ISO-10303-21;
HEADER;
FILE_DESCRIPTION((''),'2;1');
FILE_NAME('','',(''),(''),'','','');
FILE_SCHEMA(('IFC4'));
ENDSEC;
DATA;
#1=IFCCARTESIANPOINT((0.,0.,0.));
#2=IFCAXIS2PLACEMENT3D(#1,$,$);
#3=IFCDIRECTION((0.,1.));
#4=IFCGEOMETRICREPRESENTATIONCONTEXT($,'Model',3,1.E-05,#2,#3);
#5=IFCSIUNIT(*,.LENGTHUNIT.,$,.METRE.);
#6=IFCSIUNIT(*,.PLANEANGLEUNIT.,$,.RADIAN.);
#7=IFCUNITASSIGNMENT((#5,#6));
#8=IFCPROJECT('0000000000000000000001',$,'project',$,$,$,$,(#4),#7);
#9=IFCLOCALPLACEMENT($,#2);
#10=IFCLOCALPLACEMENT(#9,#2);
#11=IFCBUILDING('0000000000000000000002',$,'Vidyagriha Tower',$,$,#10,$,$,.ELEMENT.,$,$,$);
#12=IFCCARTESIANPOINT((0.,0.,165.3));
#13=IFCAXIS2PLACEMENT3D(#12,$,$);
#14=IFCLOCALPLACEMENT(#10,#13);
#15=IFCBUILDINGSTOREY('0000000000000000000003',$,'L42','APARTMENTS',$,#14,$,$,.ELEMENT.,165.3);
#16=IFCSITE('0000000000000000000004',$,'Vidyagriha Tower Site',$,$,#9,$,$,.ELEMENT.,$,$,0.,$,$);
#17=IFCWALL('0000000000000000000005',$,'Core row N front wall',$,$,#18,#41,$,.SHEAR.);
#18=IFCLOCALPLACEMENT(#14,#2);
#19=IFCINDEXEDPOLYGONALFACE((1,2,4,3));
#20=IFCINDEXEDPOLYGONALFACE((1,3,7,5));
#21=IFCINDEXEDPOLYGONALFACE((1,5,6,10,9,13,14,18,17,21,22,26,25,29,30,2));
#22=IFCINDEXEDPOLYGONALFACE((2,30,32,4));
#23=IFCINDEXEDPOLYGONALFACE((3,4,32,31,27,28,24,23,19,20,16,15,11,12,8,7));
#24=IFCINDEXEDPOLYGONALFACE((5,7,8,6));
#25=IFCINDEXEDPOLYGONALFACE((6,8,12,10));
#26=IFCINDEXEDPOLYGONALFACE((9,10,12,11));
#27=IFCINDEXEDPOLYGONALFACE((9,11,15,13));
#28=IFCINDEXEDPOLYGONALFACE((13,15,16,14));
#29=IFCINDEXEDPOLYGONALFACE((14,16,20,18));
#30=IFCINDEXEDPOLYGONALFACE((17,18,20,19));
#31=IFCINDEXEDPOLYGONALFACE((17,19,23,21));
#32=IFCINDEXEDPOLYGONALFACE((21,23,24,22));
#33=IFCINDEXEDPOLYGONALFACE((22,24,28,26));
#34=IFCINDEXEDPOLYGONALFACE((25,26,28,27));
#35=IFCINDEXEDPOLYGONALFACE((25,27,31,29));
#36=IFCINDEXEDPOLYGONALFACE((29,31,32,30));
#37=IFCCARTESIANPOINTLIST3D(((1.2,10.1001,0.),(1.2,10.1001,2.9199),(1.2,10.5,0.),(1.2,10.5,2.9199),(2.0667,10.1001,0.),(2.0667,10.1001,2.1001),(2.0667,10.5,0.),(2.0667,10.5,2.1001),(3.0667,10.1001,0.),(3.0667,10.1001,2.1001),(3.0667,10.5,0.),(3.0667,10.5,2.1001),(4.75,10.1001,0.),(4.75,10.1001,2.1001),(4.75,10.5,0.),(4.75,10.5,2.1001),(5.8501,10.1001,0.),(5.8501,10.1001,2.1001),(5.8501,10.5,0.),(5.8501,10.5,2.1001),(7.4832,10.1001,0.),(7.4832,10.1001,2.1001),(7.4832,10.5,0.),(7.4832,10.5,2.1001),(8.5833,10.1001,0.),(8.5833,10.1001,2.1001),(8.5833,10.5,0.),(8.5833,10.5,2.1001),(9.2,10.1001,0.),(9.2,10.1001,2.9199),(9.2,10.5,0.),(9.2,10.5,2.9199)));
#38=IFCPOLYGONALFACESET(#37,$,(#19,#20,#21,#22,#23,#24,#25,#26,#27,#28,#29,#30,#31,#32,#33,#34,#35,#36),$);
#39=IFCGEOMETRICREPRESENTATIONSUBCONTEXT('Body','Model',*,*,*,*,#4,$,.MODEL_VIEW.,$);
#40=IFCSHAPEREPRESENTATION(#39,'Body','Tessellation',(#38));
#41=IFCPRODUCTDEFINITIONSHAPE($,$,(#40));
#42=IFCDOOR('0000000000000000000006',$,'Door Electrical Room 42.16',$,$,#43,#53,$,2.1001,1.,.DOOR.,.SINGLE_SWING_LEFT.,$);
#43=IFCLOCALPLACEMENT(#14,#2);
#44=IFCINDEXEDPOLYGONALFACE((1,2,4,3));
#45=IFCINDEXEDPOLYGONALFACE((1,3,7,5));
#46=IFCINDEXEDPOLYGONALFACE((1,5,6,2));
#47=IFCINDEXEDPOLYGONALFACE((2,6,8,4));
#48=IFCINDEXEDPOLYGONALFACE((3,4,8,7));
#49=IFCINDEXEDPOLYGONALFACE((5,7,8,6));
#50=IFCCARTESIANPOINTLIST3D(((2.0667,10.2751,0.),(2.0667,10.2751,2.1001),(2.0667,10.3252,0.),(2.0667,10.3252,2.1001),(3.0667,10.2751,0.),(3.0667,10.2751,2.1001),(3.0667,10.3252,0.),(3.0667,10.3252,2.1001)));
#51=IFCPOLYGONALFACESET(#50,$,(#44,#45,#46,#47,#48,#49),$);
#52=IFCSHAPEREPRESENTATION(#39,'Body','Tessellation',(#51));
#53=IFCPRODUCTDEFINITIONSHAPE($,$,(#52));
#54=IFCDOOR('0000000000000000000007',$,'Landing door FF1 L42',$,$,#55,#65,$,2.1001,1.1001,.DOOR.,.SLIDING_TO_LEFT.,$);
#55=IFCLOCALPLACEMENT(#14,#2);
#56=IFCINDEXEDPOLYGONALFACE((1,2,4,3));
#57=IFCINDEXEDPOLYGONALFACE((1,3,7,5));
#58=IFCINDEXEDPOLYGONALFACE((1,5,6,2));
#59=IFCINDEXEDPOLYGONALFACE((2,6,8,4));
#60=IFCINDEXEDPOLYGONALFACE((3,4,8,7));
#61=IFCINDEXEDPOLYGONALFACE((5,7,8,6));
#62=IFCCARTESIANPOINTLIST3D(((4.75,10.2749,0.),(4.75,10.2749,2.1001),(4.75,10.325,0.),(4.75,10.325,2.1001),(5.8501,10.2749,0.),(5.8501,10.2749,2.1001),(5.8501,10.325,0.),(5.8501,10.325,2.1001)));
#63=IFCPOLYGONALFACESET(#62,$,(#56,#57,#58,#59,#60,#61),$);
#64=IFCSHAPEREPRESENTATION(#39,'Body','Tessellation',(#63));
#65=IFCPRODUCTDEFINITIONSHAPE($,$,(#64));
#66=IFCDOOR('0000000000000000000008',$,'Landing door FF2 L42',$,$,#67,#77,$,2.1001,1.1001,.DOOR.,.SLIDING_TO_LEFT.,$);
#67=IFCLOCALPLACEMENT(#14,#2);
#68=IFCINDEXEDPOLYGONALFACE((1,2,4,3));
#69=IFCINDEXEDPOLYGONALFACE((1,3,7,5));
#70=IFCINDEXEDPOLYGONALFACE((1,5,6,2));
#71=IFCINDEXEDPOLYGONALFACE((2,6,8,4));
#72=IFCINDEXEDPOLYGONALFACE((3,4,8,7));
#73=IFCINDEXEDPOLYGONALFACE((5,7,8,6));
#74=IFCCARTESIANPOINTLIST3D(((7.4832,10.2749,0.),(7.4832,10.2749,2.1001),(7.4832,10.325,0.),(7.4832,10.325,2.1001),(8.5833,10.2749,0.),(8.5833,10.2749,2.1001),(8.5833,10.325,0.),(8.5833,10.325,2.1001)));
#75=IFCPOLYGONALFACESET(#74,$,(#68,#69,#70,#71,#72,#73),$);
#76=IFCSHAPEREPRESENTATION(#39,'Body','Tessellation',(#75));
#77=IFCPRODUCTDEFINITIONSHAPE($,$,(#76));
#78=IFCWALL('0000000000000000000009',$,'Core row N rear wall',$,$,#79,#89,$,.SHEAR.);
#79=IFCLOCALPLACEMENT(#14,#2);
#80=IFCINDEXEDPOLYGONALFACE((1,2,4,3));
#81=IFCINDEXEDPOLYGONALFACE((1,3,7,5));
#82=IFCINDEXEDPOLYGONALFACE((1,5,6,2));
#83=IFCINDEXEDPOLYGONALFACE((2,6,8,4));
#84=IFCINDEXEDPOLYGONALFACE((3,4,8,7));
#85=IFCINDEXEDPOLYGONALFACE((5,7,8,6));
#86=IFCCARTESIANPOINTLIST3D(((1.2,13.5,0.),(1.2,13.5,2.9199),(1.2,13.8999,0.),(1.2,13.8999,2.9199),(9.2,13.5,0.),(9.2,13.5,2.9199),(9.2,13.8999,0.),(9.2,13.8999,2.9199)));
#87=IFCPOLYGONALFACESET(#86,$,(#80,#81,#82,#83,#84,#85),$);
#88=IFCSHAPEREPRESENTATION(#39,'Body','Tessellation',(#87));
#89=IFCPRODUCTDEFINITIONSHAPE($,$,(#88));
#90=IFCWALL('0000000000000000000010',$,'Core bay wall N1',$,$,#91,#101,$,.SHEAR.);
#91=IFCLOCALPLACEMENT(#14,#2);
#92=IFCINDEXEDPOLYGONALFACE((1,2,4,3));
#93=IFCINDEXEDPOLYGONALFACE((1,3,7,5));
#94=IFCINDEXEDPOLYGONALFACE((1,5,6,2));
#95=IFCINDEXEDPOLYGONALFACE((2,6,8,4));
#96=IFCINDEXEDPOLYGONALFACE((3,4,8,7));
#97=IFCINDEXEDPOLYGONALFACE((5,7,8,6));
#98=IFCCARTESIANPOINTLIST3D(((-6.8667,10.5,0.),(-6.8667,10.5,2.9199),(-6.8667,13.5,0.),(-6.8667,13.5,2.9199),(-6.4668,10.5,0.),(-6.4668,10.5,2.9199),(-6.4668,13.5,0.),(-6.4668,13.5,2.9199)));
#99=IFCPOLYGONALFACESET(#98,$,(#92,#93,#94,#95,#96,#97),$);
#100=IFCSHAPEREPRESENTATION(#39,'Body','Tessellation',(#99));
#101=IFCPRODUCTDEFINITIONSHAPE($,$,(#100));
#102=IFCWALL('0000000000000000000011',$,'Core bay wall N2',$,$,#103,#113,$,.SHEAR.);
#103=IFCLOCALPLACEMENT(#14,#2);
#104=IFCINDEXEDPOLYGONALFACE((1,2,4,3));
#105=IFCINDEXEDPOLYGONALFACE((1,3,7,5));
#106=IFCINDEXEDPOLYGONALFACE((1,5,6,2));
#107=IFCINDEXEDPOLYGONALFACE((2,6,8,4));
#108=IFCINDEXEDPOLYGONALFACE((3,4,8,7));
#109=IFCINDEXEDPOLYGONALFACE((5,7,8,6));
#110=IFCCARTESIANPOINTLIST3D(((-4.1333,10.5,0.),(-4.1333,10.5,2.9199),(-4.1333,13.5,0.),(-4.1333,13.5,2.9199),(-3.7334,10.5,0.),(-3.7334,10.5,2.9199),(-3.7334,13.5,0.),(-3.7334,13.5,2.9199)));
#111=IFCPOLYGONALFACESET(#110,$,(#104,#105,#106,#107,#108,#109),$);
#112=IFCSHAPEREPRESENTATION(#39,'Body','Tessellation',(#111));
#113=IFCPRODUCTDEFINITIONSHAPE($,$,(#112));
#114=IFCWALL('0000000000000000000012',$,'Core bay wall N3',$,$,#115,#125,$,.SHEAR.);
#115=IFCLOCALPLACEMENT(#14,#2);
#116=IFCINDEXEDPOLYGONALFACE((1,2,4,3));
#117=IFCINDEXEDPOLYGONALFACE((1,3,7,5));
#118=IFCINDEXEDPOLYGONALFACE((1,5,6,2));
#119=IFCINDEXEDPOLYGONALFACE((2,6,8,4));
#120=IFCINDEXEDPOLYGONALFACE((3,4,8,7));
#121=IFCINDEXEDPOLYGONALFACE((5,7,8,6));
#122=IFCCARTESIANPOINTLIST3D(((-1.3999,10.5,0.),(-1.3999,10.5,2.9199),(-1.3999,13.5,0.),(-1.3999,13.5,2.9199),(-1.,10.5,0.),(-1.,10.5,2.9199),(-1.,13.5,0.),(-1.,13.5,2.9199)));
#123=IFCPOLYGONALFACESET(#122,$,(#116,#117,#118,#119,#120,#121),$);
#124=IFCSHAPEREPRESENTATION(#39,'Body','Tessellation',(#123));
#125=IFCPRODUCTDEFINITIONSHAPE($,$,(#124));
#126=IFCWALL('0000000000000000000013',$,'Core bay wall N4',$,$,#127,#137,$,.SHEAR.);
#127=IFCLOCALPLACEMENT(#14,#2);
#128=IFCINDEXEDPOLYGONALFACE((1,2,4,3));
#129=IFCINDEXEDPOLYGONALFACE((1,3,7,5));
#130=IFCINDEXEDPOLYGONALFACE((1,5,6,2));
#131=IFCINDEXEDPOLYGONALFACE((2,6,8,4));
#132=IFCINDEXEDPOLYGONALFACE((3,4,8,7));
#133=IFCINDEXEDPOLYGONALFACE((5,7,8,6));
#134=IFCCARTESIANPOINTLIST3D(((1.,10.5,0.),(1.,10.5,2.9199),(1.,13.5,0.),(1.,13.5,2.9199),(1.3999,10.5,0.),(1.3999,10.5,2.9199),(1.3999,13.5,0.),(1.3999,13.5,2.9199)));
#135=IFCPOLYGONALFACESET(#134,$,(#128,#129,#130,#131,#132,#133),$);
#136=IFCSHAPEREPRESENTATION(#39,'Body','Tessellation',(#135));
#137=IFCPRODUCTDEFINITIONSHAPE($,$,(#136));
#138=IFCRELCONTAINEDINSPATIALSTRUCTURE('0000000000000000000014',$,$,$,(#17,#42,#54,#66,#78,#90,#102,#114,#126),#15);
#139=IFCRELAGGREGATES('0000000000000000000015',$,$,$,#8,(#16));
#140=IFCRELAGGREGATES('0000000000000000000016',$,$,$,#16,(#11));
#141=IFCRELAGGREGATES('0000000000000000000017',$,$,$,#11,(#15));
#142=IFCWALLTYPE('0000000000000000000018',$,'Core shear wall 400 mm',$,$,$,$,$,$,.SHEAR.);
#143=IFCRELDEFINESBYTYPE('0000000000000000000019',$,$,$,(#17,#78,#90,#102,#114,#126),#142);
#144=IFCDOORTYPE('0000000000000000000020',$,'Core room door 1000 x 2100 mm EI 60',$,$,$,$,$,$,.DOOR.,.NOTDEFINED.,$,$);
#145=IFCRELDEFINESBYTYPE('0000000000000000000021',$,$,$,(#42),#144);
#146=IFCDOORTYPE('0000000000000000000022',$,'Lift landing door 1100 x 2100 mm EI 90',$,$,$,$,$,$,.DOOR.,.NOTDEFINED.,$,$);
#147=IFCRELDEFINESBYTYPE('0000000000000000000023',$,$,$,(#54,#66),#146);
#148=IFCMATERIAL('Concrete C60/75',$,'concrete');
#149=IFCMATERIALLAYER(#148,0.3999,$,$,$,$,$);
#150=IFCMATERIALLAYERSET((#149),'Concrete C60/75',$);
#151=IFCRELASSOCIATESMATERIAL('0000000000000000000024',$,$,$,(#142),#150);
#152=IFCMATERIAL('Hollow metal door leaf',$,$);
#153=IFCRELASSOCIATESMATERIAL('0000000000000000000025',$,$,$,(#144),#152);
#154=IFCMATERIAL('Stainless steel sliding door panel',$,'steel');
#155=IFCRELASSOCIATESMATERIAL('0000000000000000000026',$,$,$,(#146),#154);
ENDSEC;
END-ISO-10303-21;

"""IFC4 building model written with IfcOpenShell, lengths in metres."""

from ifc_helpers import new_model, si_unit, direction, frame, frame_2d, origin, place, context, subcontext, project, spatial, rectangle, extrude, material, layer, layer_set, type_object, element, fill, save


model = new_model("IFC4")

# Units and contexts
model_context = context("Model", 3, precision=1e-05, world=origin(), true_north=direction((0.0, 1.0)))
body_context = subcontext(model_context, "Body", "Model", "MODEL_VIEW")
ifc_project = project(units=[si_unit("LENGTHUNIT", "METRE"), si_unit("PLANEANGLEUNIT", "RADIAN")], contexts=[model_context])

# Site, building, storey
site_placement = place(None, origin())
site = spatial("IfcSite", under=ifc_project, at=site_placement, Name="Vidyagriha Tower Site", CompositionType="ELEMENT", RefElevation=0.0)
building_placement = place(site_placement, origin())
building = spatial("IfcBuilding", under=site, at=building_placement, Name="Vidyagriha Tower", CompositionType="ELEMENT")
storey_placement = place(building_placement, frame((0.0, 0.0, 165.3)))
storey = spatial("IfcBuildingStorey", under=building, at=storey_placement, Name="L42", Description="APARTMENTS", CompositionType="ELEMENT", Elevation=165.3)

# Shared definitions
ifc_material_1 = material(Name="Concrete C60/75", Category="concrete")
ifc_layer_1 = layer(ifc_material_1, 0.3999)
ifc_layer_set_1 = layer_set([ifc_layer_1], Name="Concrete C60/75")
wall_type_1 = type_object("IfcWallType", Name="Core shear wall 400 mm", PredefinedType="SHEAR", material=ifc_layer_set_1)
ifc_material_2 = material(Name="Hollow metal door leaf")
door_type_1 = type_object("IfcDoorType", Name="Core room door 1000 x 2100 mm EI 60", OperationType="NOTDEFINED", PredefinedType="DOOR", material=ifc_material_2)
ifc_material_3 = material(Name="Stainless steel sliding door panel", Category="steel")
door_type_2 = type_object("IfcDoorType", Name="Lift landing door 1100 x 2100 mm EI 90", OperationType="NOTDEFINED", PredefinedType="DOOR", material=ifc_material_3)

# Wall, openings, doors
wall_1_placement = place(storey_placement, frame((1.2, 10.3, 0.0)))
wall_1 = element("IfcWall", 1, at=wall_1_placement, inside=storey, type_object=wall_type_1, Name="Core row N front wall", PredefinedType="SHEAR", context=body_context, shape_type="SweptSolid", body=[
    extrude(rectangle(XDim=8.0, YDim=0.3999, at=frame_2d((4.0, 0.0))), origin(), (0.0, 0.0, 1.0), 2.9199),
])
opening_1_placement = place(wall_1_placement, frame((3.55, 0.0, 0.0)))
opening_1 = element("IfcOpeningElement", 2, at=opening_1_placement, cuts=wall_1, PredefinedType="OPENING", context=body_context, shape_type="SweptSolid", body=[
    extrude(rectangle(XDim=1.1001, YDim=2.1001, at=frame_2d((0.55, 1.05))), frame((0.0, 0.21, 0.0), z_axis=(0.0, -1.0, 0.0), x_axis=(1.0, 0.0, 0.0)), (0.0, 0.0, 1.0), 0.4199),
])
opening_2_placement = place(wall_1_placement, frame((6.2832, 0.0, 0.0)))
opening_2 = element("IfcOpeningElement", 3, at=opening_2_placement, cuts=wall_1, PredefinedType="OPENING", context=body_context, shape_type="SweptSolid", body=[
    extrude(rectangle(XDim=1.1001, YDim=2.1001, at=frame_2d((0.55, 1.05))), frame((0.0, 0.21, 0.0), z_axis=(0.0, -1.0, 0.0), x_axis=(1.0, 0.0, 0.0)), (0.0, 0.0, 1.0), 0.4199),
])
opening_3_placement = place(wall_1_placement, frame((0.8667, 0.0, 0.0)))
opening_3 = element("IfcOpeningElement", 4, at=opening_3_placement, cuts=wall_1, PredefinedType="OPENING", context=body_context, shape_type="SweptSolid", body=[
    extrude(rectangle(XDim=1.0, YDim=2.1001, at=frame_2d((0.5, 1.05))), frame((0.0, 0.21, 0.0), z_axis=(0.0, -1.0, 0.0), x_axis=(1.0, 0.0, 0.0)), (0.0, 0.0, 1.0), 0.4199),
])
door_1_placement = place(opening_3_placement, frame((1.0, 0.0, 0.0), z_axis=(0.0, 0.0, 1.0), x_axis=(-1.0, 0.0, 0.0)))
door_1 = element("IfcDoor", 5, at=door_1_placement, inside=storey, type_object=door_type_1, Name="Door Electrical Room 42.16", OperationType="SINGLE_SWING_LEFT", OverallHeight=2.1001, OverallWidth=1.0, PredefinedType="DOOR", context=body_context, shape_type="SweptSolid", body=[
    extrude(rectangle(XDim=1.0, YDim=2.1001, at=frame_2d((0.5, 1.05))), frame((0.0, 0.0249, 0.0), z_axis=(0.0, -1.0, 0.0), x_axis=(1.0, 0.0, 0.0)), (0.0, 0.0, 1.0), 0.05),
])
fill(opening_3, door_1)
door_2_placement = place(opening_1_placement, origin())
door_2 = element("IfcDoor", 6, at=door_2_placement, inside=storey, type_object=door_type_2, Name="Landing door FF1 L42", OperationType="SLIDING_TO_LEFT", OverallHeight=2.1001, OverallWidth=1.1001, PredefinedType="DOOR", context=body_context, shape_type="SweptSolid", body=[
    extrude(rectangle(XDim=1.1001, YDim=2.1001, at=frame_2d((0.55, 1.05))), frame((0.0, 0.0249, 0.0), z_axis=(0.0, -1.0, 0.0), x_axis=(1.0, 0.0, 0.0)), (0.0, 0.0, 1.0), 0.05),
])
fill(opening_1, door_2)
door_3_placement = place(opening_2_placement, origin())
door_3 = element("IfcDoor", 7, at=door_3_placement, inside=storey, type_object=door_type_2, Name="Landing door FF2 L42", OperationType="SLIDING_TO_LEFT", OverallHeight=2.1001, OverallWidth=1.1001, PredefinedType="DOOR", context=body_context, shape_type="SweptSolid", body=[
    extrude(rectangle(XDim=1.1001, YDim=2.1001, at=frame_2d((0.55, 1.05))), frame((0.0, 0.0249, 0.0), z_axis=(0.0, -1.0, 0.0), x_axis=(1.0, 0.0, 0.0)), (0.0, 0.0, 1.0), 0.05),
])
fill(opening_2, door_3)

# Walls
wall_2_placement = place(storey_placement, frame((1.2, 13.7, 0.0)))
element("IfcWall", 8, at=wall_2_placement, inside=storey, type_object=wall_type_1, Name="Core row N rear wall", PredefinedType="SHEAR", context=body_context, shape_type="SweptSolid", body=[
    extrude(rectangle(XDim=8.0, YDim=0.3999, at=frame_2d((4.0, 0.0))), origin(), (0.0, 0.0, 1.0), 2.9199),
])
for number, where, z_axis, x_axis, name in (
    (9, (-6.6667, 10.5, 0.0), (0.0, 0.0, 1.0), (0.0, 1.0, 0.0), "Core bay wall N1"),
    (10, (-3.9333, 10.5, 0.0), (0.0, 0.0, 1.0), (0.0, 1.0, 0.0), "Core bay wall N2"),
    (11, (-1.2, 10.5, 0.0), (0.0, 0.0, 1.0), (0.0, 1.0, 0.0), "Core bay wall N3"),
    (12, (1.2, 10.5, 0.0), (0.0, 0.0, 1.0), (0.0, 1.0, 0.0), "Core bay wall N4"),
):
    element("IfcWall", number, at=place(storey_placement, frame(where, z_axis=z_axis, x_axis=x_axis)), inside=storey, type_object=wall_type_1, Name=name, PredefinedType="SHEAR", context=body_context, shape_type="SweptSolid", body=[
        extrude(rectangle(XDim=3.0, YDim=0.3999, at=frame_2d((1.5, 0.0))), origin(), (0.0, 0.0, 1.0), 2.9199),
    ])

save(model, "model.ifc")
